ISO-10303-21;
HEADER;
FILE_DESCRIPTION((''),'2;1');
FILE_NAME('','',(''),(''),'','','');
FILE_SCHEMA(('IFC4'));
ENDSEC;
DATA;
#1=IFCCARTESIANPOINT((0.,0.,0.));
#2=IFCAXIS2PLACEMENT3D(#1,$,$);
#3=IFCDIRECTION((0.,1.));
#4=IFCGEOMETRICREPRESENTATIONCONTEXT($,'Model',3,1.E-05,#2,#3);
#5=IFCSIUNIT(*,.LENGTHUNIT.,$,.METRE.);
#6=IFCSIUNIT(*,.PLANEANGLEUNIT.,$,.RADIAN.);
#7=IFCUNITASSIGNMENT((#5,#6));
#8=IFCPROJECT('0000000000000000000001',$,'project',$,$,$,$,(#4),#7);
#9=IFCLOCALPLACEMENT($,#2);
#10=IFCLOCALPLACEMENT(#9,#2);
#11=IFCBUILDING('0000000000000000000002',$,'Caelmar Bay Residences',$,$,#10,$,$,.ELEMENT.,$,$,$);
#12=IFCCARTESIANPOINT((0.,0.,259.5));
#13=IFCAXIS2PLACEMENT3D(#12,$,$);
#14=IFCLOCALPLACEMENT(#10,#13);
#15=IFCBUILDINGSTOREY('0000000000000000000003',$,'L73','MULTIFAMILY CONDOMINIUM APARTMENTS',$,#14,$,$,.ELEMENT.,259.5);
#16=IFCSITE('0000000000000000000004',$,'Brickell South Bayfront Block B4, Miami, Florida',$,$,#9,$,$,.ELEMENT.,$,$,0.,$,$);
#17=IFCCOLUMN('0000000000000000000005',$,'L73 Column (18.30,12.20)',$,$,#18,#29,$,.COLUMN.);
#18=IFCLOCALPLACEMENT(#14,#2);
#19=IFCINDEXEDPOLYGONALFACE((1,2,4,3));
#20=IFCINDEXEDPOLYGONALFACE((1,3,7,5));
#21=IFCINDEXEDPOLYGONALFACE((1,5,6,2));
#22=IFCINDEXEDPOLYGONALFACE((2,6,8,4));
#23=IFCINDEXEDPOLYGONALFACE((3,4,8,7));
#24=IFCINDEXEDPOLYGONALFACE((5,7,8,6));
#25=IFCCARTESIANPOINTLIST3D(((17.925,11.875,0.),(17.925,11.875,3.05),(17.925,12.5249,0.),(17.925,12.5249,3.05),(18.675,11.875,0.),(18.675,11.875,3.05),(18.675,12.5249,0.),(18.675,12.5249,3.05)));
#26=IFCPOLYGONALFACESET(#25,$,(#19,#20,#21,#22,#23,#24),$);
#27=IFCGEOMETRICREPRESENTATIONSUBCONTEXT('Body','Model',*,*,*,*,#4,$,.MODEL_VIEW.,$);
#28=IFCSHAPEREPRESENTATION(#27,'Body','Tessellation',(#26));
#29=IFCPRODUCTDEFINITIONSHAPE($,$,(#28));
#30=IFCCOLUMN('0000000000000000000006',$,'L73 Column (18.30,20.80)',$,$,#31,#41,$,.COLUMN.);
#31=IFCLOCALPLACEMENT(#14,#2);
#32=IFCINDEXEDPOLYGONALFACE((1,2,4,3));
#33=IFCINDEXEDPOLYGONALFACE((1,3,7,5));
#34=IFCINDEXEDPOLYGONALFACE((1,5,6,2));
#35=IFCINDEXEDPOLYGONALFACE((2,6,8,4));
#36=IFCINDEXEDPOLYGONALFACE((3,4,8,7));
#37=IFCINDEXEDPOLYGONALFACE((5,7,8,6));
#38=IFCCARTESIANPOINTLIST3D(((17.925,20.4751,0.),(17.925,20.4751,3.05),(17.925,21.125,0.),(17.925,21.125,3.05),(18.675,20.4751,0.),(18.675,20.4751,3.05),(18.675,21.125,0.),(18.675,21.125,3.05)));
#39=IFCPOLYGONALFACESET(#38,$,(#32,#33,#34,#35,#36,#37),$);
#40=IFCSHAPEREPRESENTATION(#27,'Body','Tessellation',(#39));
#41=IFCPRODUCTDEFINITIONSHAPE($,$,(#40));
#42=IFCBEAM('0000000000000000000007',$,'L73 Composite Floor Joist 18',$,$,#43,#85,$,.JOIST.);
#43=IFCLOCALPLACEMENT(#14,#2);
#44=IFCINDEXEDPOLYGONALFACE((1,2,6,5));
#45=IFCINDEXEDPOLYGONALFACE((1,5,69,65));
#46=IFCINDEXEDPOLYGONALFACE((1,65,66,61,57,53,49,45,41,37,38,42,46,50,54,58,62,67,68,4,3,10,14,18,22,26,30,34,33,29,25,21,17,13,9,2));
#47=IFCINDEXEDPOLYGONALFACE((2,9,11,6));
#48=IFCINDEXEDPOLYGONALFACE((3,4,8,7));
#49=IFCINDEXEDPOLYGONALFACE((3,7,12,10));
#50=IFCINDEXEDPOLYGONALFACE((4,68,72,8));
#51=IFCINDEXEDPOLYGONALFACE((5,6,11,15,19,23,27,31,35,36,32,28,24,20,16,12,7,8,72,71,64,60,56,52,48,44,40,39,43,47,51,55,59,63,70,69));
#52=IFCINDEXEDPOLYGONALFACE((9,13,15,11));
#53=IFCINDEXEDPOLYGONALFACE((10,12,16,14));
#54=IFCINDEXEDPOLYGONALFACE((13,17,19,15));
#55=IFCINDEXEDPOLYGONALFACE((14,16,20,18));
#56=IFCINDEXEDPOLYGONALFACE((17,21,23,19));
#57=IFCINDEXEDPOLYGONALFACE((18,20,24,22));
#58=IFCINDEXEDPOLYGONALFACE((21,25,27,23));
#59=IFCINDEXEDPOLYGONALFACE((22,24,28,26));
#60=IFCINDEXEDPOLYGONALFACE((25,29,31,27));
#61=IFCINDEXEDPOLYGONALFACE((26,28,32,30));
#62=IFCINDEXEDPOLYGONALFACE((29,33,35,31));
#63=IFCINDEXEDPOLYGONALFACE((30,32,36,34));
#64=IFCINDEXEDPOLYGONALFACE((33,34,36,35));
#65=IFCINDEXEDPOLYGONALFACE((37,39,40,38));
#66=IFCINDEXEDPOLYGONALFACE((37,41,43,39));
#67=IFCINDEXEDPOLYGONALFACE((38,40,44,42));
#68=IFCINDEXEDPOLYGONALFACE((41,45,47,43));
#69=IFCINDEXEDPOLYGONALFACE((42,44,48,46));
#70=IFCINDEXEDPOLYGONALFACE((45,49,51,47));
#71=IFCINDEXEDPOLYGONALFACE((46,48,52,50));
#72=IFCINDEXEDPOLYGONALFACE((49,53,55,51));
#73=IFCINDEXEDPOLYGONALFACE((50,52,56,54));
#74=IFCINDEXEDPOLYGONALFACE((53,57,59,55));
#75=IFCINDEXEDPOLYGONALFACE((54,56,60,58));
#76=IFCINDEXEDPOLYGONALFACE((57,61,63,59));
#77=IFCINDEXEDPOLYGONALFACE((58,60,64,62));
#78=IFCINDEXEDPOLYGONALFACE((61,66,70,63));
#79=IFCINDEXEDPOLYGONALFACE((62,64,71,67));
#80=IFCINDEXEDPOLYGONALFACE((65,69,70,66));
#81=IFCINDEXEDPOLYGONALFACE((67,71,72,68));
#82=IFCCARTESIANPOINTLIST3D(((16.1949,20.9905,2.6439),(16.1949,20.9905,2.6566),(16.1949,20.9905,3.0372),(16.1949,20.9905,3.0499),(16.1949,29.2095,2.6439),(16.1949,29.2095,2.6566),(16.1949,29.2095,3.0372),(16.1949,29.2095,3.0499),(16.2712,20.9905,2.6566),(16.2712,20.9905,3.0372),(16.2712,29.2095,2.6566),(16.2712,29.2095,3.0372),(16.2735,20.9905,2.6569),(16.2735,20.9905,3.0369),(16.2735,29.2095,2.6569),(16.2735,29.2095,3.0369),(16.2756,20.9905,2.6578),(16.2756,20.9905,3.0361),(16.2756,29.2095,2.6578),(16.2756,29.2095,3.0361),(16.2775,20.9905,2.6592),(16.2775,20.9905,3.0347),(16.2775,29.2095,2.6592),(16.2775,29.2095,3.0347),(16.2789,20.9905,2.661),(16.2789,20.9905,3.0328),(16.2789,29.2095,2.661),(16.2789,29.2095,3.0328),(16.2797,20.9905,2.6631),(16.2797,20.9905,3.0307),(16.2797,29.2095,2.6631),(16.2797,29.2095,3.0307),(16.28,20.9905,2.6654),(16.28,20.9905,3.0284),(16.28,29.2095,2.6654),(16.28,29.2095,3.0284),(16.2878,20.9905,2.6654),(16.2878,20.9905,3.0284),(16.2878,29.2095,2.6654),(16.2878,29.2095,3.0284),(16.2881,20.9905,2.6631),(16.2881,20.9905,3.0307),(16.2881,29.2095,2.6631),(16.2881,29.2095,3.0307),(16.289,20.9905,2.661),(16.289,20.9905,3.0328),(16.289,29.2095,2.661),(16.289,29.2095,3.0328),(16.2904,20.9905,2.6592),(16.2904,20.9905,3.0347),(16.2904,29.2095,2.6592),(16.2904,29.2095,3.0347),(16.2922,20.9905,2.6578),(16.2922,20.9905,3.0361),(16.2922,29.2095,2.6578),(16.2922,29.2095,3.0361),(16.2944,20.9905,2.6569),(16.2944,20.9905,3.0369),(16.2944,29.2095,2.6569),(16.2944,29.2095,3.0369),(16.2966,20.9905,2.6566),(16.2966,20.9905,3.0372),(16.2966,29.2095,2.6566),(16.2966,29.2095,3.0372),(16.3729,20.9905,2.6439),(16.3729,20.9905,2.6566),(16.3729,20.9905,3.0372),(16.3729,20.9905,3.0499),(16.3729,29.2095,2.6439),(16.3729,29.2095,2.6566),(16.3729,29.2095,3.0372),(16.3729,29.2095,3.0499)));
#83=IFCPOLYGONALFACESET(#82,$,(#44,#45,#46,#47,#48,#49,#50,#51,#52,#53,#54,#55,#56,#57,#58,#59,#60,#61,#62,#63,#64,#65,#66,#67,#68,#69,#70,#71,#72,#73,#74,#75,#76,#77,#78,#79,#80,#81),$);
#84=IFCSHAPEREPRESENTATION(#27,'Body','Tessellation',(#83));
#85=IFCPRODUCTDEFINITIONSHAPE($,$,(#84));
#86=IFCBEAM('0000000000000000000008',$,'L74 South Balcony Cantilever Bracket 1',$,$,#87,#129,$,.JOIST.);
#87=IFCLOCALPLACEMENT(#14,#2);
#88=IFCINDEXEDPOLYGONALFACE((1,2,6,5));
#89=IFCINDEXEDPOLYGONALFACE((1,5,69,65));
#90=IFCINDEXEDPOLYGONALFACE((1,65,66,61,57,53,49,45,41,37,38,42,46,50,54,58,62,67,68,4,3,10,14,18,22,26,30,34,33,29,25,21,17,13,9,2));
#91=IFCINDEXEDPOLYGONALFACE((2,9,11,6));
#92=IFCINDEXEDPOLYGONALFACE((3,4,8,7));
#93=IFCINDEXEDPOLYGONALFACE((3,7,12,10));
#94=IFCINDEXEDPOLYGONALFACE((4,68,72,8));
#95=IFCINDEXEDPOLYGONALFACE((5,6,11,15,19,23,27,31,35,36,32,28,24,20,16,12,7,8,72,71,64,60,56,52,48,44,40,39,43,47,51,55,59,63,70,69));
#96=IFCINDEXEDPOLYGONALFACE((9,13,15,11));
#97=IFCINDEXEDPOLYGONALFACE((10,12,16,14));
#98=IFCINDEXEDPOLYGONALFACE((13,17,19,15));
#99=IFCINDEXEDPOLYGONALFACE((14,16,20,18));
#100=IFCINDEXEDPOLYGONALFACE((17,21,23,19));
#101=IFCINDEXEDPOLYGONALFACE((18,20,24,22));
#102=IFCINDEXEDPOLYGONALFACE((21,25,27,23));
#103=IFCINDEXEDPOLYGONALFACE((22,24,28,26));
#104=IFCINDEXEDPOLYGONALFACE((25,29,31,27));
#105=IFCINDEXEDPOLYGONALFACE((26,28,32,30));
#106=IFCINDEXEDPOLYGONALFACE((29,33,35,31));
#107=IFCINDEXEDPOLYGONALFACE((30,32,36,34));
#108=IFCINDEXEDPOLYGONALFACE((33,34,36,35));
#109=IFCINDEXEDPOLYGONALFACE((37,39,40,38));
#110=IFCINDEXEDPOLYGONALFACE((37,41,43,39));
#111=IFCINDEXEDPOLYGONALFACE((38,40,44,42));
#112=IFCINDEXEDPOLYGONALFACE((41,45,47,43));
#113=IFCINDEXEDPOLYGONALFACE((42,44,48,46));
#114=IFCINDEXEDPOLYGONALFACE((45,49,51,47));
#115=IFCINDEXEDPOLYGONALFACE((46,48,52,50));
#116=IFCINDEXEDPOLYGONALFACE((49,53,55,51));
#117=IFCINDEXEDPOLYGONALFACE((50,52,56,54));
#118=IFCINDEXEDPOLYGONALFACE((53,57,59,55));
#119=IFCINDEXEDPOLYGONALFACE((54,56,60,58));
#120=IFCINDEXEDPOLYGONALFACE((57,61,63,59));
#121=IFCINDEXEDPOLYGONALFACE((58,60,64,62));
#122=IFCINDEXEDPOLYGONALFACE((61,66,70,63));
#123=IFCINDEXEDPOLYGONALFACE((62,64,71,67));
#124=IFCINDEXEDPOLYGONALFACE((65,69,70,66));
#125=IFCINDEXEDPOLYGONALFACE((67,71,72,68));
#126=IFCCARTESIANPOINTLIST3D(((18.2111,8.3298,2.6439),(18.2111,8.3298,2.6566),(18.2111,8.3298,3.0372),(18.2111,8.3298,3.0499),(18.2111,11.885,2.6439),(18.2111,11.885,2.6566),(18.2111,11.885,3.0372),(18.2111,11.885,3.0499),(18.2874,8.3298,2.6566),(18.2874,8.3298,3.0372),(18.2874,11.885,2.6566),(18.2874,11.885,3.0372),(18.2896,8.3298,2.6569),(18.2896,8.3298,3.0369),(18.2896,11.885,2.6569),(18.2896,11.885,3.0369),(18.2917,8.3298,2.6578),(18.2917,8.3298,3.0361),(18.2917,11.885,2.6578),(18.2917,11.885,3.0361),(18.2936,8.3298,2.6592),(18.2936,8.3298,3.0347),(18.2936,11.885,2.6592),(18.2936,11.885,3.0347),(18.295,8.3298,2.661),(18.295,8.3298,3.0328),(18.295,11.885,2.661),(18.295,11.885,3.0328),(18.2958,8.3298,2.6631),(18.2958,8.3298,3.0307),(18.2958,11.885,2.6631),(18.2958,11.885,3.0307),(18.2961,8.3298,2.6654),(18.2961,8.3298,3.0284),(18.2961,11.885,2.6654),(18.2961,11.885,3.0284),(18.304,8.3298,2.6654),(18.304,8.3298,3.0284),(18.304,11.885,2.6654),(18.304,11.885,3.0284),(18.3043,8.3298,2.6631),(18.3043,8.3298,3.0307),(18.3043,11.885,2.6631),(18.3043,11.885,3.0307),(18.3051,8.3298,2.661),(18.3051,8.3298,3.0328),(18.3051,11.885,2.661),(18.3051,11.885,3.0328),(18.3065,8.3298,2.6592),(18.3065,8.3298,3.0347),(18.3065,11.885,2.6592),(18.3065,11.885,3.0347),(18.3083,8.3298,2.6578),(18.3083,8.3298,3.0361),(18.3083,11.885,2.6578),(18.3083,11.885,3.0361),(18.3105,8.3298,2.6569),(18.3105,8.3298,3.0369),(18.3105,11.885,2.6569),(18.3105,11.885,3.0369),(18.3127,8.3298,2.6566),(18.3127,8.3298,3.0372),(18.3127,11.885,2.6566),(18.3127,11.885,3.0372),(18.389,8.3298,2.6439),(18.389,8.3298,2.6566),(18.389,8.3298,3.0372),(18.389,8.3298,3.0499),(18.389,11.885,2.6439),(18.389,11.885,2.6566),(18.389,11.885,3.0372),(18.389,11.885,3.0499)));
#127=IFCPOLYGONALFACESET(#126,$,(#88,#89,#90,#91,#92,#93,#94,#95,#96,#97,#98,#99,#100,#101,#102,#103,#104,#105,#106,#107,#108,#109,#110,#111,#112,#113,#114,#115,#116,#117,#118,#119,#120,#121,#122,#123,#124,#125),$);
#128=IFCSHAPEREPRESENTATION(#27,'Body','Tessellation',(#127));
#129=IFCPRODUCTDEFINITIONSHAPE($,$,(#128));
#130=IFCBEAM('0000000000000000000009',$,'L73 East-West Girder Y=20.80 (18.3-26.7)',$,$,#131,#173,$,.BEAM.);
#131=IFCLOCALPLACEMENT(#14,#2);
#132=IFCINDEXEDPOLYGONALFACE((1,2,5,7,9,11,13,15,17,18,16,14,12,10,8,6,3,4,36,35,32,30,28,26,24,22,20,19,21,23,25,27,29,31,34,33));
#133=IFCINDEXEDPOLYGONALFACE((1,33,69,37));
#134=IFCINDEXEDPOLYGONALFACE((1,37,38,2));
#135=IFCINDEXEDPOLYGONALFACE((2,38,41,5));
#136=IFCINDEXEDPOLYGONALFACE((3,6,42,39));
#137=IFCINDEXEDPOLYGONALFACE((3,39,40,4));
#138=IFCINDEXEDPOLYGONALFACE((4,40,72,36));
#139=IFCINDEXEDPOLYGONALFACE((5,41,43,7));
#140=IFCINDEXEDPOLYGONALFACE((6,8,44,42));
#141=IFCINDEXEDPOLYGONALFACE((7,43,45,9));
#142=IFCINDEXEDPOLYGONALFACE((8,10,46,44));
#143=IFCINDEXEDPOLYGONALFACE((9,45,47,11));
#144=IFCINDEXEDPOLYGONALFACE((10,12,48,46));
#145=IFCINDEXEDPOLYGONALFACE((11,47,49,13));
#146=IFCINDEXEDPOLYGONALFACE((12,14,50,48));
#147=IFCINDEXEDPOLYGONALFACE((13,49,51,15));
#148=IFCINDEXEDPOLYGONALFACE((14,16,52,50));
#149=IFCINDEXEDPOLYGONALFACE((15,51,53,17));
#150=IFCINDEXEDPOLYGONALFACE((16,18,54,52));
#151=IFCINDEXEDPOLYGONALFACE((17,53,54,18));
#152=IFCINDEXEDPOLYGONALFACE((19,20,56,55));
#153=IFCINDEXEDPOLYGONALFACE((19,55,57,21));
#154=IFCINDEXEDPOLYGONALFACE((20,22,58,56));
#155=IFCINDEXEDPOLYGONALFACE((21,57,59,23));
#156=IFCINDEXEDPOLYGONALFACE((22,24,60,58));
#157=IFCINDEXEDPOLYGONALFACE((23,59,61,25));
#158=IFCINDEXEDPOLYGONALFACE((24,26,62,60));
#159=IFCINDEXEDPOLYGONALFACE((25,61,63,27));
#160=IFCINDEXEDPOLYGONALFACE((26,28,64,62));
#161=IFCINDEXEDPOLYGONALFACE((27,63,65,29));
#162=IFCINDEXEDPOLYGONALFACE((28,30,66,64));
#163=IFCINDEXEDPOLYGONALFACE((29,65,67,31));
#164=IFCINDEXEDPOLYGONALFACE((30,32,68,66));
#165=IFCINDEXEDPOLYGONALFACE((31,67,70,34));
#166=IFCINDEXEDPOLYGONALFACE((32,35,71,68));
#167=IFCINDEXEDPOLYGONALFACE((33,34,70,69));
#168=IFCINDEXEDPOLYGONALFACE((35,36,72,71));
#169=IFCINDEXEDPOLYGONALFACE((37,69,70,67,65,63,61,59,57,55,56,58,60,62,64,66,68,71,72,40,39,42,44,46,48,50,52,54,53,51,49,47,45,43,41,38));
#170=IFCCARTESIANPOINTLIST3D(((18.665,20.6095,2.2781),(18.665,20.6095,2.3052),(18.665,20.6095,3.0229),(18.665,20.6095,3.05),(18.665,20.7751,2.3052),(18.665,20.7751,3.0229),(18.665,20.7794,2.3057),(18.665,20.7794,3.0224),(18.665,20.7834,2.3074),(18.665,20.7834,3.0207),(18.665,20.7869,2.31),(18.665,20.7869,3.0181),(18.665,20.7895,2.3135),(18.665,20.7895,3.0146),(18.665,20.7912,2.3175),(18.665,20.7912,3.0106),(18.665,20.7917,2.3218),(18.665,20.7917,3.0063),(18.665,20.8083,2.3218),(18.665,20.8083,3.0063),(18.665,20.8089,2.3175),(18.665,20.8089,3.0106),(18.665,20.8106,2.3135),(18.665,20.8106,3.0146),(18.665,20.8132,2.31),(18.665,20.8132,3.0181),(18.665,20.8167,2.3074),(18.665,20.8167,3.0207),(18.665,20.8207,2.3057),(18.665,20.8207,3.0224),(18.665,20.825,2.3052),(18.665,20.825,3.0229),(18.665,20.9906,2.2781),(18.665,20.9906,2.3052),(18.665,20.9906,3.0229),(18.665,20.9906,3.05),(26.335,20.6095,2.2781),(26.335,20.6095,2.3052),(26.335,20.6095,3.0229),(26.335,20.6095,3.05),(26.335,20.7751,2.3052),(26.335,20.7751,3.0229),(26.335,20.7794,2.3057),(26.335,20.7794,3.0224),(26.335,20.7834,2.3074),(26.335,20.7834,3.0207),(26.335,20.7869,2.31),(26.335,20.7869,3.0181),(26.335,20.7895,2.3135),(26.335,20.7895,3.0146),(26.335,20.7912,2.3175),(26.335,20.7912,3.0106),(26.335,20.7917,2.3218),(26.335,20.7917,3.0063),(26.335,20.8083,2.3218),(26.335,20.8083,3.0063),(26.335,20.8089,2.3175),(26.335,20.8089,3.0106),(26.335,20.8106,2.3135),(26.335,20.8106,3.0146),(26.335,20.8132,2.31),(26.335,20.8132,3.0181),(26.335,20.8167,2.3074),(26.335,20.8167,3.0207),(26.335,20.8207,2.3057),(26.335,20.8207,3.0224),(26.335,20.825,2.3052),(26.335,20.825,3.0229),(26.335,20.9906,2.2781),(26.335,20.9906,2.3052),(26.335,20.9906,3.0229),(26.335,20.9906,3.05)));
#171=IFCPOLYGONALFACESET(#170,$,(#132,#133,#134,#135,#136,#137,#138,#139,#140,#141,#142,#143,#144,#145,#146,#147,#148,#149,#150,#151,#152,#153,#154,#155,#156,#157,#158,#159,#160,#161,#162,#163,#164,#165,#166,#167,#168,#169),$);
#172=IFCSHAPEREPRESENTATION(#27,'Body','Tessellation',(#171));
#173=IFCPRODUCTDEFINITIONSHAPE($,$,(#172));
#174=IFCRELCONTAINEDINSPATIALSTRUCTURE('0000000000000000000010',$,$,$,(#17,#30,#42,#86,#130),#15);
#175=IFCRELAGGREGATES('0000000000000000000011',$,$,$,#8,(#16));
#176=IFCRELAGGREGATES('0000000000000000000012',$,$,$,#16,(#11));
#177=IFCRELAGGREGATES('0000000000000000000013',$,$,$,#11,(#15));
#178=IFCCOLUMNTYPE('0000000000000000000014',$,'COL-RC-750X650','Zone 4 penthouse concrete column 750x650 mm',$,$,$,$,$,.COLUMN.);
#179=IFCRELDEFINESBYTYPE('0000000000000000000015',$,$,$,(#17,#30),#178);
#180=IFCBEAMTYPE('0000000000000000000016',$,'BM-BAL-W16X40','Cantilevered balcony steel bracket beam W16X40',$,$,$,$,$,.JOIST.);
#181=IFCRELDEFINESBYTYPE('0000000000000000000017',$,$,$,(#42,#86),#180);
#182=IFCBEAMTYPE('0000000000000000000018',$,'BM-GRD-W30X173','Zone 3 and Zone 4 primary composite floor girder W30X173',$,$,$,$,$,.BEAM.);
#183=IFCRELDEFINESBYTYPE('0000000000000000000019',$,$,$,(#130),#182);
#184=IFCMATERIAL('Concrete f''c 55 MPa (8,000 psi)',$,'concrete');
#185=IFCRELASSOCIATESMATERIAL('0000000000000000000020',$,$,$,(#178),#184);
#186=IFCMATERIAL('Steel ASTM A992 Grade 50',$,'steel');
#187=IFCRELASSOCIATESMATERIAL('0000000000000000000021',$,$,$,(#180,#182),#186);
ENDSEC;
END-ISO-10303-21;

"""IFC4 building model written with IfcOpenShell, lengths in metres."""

from ifc_helpers import new_model, si_unit, direction, frame, origin, origin_2d, place, context, subcontext, project, spatial, rectangle, i_section, extrude, material, material_profile, profile_set, type_object, element, save


model = new_model("IFC4")

# Units and contexts
model_context = context("Model", 3, precision=1e-05, world=origin(), true_north=direction((0.0, 1.0)))
body_context = subcontext(model_context, "Body", "Model", "MODEL_VIEW")
ifc_project = project(units=[si_unit("LENGTHUNIT", "METRE"), si_unit("PLANEANGLEUNIT", "RADIAN")], contexts=[model_context])

# Site, building, storey
site_placement = place(None, origin())
site = spatial("IfcSite", under=ifc_project, at=site_placement, Name="Brickell South Bayfront Block B4, Miami, Florida", CompositionType="ELEMENT", RefElevation=0.0)
building_placement = place(site_placement, origin())
building = spatial("IfcBuilding", under=site, at=building_placement, Name="Caelmar Bay Residences", CompositionType="ELEMENT")
storey_placement = place(building_placement, frame((0.0, 0.0, 259.5)))
storey = spatial("IfcBuildingStorey", under=building, at=storey_placement, Name="L73", Description="MULTIFAMILY CONDOMINIUM APARTMENTS", CompositionType="ELEMENT", Elevation=259.5)

# Columns
ifc_material_1 = material(Name="Concrete f'c 55 MPa (8,000 psi)", Category="concrete")
ifc_material_profile_1 = material_profile(ifc_material_1, rectangle(XDim=0.75, YDim=0.6499, at=origin_2d()), Name="RC-COL-750X650")
ifc_profile_set_1 = profile_set([ifc_material_profile_1], Name="Concrete f'c 55 MPa (8,000 psi)")
column_type = type_object("IfcColumnType", Name="COL-RC-750X650", Description="Zone 4 penthouse concrete column 750x650 mm", PredefinedType="COLUMN", material=ifc_profile_set_1)
for number, where, z_axis, x_axis, name in (
    (1, (18.3, 12.2, 0.0), (0.0, 0.0, 1.0), (1.0, 0.0, 0.0), "L73 Column (18.30,12.20)"),
    (2, (18.3, 20.8, 0.0), (0.0, 0.0, 1.0), (1.0, 0.0, 0.0), "L73 Column (18.30,20.80)"),
):
    element("IfcColumn", number, at=place(storey_placement, frame(where, z_axis=z_axis, x_axis=x_axis)), inside=storey, type_object=column_type, Name=name, PredefinedType="COLUMN", context=body_context, shape_type="SweptSolid", body=[
        extrude(rectangle(XDim=0.75, YDim=0.6499, at=origin_2d()), origin(), (0.0, 0.0, 1.0), 3.05),
    ])

# Beams
ifc_material_2 = material(Name="Steel ASTM A992 Grade 50", Category="steel")
ifc_material_profile_2 = material_profile(ifc_material_2, i_section(OverallWidth=0.178, OverallDepth=0.406, WebThickness=0.0078, FlangeThickness=0.0127, FilletRadius=0.0088, at=origin_2d()), Name="W16X40")
ifc_profile_set_2 = profile_set([ifc_material_profile_2], Name="Steel ASTM A992 Grade 50")
beam_type_1 = type_object("IfcBeamType", Name="BM-BAL-W16X40", Description="Cantilevered balcony steel bracket beam W16X40", PredefinedType="JOIST", material=ifc_profile_set_2)
beam_1_placement = place(storey_placement, frame((16.2839, 20.9905, 2.8469), z_axis=(0.0, 1.0, 0.0), x_axis=(-1.0, 0.0, 0.0)))
element("IfcBeam", 3, at=beam_1_placement, inside=storey, type_object=beam_type_1, Name="L73 Composite Floor Joist 18", PredefinedType="JOIST", context=body_context, shape_type="SweptSolid", body=[
    extrude(i_section(OverallWidth=0.178, OverallDepth=0.406, WebThickness=0.0078, FlangeThickness=0.0127, FilletRadius=0.0088, at=origin_2d()), origin(), (0.0, 0.0, 1.0), 8.219),
])
beam_2_placement = place(storey_placement, frame((18.3, 11.885, 2.8469), z_axis=(0.0, -1.0, 0.0), x_axis=(1.0, 0.0, 0.0)))
element("IfcBeam", 4, at=beam_2_placement, inside=storey, type_object=beam_type_1, Name="L74 South Balcony Cantilever Bracket 1", PredefinedType="JOIST", context=body_context, shape_type="SweptSolid", body=[
    extrude(i_section(OverallWidth=0.178, OverallDepth=0.406, WebThickness=0.0078, FlangeThickness=0.0127, FilletRadius=0.0088, at=origin_2d()), origin(), (0.0, 0.0, 1.0), 3.5552),
])
ifc_material_profile_3 = material_profile(ifc_material_2, i_section(OverallWidth=0.3811, OverallDepth=0.772, WebThickness=0.0166, FlangeThickness=0.0271, FilletRadius=0.0166, at=origin_2d()), Name="W30X173")
ifc_profile_set_3 = profile_set([ifc_material_profile_3], Name="Steel ASTM A992 Grade 50")
beam_type_2 = type_object("IfcBeamType", Name="BM-GRD-W30X173", Description="Zone 3 and Zone 4 primary composite floor girder W30X173", PredefinedType="BEAM", material=ifc_profile_set_3)
beam_3_placement = place(storey_placement, frame((18.665, 20.8, 2.6641), z_axis=(1.0, 0.0, 0.0), x_axis=(0.0, 1.0, 0.0)))
element("IfcBeam", 5, at=beam_3_placement, inside=storey, type_object=beam_type_2, Name="L73 East-West Girder Y=20.80 (18.3-26.7)", PredefinedType="BEAM", context=body_context, shape_type="SweptSolid", body=[
    extrude(i_section(OverallWidth=0.3811, OverallDepth=0.772, WebThickness=0.0166, FlangeThickness=0.0271, FilletRadius=0.0166, at=origin_2d()), origin(), (0.0, 0.0, 1.0), 7.6699),
])

save(model, "model.ifc")
